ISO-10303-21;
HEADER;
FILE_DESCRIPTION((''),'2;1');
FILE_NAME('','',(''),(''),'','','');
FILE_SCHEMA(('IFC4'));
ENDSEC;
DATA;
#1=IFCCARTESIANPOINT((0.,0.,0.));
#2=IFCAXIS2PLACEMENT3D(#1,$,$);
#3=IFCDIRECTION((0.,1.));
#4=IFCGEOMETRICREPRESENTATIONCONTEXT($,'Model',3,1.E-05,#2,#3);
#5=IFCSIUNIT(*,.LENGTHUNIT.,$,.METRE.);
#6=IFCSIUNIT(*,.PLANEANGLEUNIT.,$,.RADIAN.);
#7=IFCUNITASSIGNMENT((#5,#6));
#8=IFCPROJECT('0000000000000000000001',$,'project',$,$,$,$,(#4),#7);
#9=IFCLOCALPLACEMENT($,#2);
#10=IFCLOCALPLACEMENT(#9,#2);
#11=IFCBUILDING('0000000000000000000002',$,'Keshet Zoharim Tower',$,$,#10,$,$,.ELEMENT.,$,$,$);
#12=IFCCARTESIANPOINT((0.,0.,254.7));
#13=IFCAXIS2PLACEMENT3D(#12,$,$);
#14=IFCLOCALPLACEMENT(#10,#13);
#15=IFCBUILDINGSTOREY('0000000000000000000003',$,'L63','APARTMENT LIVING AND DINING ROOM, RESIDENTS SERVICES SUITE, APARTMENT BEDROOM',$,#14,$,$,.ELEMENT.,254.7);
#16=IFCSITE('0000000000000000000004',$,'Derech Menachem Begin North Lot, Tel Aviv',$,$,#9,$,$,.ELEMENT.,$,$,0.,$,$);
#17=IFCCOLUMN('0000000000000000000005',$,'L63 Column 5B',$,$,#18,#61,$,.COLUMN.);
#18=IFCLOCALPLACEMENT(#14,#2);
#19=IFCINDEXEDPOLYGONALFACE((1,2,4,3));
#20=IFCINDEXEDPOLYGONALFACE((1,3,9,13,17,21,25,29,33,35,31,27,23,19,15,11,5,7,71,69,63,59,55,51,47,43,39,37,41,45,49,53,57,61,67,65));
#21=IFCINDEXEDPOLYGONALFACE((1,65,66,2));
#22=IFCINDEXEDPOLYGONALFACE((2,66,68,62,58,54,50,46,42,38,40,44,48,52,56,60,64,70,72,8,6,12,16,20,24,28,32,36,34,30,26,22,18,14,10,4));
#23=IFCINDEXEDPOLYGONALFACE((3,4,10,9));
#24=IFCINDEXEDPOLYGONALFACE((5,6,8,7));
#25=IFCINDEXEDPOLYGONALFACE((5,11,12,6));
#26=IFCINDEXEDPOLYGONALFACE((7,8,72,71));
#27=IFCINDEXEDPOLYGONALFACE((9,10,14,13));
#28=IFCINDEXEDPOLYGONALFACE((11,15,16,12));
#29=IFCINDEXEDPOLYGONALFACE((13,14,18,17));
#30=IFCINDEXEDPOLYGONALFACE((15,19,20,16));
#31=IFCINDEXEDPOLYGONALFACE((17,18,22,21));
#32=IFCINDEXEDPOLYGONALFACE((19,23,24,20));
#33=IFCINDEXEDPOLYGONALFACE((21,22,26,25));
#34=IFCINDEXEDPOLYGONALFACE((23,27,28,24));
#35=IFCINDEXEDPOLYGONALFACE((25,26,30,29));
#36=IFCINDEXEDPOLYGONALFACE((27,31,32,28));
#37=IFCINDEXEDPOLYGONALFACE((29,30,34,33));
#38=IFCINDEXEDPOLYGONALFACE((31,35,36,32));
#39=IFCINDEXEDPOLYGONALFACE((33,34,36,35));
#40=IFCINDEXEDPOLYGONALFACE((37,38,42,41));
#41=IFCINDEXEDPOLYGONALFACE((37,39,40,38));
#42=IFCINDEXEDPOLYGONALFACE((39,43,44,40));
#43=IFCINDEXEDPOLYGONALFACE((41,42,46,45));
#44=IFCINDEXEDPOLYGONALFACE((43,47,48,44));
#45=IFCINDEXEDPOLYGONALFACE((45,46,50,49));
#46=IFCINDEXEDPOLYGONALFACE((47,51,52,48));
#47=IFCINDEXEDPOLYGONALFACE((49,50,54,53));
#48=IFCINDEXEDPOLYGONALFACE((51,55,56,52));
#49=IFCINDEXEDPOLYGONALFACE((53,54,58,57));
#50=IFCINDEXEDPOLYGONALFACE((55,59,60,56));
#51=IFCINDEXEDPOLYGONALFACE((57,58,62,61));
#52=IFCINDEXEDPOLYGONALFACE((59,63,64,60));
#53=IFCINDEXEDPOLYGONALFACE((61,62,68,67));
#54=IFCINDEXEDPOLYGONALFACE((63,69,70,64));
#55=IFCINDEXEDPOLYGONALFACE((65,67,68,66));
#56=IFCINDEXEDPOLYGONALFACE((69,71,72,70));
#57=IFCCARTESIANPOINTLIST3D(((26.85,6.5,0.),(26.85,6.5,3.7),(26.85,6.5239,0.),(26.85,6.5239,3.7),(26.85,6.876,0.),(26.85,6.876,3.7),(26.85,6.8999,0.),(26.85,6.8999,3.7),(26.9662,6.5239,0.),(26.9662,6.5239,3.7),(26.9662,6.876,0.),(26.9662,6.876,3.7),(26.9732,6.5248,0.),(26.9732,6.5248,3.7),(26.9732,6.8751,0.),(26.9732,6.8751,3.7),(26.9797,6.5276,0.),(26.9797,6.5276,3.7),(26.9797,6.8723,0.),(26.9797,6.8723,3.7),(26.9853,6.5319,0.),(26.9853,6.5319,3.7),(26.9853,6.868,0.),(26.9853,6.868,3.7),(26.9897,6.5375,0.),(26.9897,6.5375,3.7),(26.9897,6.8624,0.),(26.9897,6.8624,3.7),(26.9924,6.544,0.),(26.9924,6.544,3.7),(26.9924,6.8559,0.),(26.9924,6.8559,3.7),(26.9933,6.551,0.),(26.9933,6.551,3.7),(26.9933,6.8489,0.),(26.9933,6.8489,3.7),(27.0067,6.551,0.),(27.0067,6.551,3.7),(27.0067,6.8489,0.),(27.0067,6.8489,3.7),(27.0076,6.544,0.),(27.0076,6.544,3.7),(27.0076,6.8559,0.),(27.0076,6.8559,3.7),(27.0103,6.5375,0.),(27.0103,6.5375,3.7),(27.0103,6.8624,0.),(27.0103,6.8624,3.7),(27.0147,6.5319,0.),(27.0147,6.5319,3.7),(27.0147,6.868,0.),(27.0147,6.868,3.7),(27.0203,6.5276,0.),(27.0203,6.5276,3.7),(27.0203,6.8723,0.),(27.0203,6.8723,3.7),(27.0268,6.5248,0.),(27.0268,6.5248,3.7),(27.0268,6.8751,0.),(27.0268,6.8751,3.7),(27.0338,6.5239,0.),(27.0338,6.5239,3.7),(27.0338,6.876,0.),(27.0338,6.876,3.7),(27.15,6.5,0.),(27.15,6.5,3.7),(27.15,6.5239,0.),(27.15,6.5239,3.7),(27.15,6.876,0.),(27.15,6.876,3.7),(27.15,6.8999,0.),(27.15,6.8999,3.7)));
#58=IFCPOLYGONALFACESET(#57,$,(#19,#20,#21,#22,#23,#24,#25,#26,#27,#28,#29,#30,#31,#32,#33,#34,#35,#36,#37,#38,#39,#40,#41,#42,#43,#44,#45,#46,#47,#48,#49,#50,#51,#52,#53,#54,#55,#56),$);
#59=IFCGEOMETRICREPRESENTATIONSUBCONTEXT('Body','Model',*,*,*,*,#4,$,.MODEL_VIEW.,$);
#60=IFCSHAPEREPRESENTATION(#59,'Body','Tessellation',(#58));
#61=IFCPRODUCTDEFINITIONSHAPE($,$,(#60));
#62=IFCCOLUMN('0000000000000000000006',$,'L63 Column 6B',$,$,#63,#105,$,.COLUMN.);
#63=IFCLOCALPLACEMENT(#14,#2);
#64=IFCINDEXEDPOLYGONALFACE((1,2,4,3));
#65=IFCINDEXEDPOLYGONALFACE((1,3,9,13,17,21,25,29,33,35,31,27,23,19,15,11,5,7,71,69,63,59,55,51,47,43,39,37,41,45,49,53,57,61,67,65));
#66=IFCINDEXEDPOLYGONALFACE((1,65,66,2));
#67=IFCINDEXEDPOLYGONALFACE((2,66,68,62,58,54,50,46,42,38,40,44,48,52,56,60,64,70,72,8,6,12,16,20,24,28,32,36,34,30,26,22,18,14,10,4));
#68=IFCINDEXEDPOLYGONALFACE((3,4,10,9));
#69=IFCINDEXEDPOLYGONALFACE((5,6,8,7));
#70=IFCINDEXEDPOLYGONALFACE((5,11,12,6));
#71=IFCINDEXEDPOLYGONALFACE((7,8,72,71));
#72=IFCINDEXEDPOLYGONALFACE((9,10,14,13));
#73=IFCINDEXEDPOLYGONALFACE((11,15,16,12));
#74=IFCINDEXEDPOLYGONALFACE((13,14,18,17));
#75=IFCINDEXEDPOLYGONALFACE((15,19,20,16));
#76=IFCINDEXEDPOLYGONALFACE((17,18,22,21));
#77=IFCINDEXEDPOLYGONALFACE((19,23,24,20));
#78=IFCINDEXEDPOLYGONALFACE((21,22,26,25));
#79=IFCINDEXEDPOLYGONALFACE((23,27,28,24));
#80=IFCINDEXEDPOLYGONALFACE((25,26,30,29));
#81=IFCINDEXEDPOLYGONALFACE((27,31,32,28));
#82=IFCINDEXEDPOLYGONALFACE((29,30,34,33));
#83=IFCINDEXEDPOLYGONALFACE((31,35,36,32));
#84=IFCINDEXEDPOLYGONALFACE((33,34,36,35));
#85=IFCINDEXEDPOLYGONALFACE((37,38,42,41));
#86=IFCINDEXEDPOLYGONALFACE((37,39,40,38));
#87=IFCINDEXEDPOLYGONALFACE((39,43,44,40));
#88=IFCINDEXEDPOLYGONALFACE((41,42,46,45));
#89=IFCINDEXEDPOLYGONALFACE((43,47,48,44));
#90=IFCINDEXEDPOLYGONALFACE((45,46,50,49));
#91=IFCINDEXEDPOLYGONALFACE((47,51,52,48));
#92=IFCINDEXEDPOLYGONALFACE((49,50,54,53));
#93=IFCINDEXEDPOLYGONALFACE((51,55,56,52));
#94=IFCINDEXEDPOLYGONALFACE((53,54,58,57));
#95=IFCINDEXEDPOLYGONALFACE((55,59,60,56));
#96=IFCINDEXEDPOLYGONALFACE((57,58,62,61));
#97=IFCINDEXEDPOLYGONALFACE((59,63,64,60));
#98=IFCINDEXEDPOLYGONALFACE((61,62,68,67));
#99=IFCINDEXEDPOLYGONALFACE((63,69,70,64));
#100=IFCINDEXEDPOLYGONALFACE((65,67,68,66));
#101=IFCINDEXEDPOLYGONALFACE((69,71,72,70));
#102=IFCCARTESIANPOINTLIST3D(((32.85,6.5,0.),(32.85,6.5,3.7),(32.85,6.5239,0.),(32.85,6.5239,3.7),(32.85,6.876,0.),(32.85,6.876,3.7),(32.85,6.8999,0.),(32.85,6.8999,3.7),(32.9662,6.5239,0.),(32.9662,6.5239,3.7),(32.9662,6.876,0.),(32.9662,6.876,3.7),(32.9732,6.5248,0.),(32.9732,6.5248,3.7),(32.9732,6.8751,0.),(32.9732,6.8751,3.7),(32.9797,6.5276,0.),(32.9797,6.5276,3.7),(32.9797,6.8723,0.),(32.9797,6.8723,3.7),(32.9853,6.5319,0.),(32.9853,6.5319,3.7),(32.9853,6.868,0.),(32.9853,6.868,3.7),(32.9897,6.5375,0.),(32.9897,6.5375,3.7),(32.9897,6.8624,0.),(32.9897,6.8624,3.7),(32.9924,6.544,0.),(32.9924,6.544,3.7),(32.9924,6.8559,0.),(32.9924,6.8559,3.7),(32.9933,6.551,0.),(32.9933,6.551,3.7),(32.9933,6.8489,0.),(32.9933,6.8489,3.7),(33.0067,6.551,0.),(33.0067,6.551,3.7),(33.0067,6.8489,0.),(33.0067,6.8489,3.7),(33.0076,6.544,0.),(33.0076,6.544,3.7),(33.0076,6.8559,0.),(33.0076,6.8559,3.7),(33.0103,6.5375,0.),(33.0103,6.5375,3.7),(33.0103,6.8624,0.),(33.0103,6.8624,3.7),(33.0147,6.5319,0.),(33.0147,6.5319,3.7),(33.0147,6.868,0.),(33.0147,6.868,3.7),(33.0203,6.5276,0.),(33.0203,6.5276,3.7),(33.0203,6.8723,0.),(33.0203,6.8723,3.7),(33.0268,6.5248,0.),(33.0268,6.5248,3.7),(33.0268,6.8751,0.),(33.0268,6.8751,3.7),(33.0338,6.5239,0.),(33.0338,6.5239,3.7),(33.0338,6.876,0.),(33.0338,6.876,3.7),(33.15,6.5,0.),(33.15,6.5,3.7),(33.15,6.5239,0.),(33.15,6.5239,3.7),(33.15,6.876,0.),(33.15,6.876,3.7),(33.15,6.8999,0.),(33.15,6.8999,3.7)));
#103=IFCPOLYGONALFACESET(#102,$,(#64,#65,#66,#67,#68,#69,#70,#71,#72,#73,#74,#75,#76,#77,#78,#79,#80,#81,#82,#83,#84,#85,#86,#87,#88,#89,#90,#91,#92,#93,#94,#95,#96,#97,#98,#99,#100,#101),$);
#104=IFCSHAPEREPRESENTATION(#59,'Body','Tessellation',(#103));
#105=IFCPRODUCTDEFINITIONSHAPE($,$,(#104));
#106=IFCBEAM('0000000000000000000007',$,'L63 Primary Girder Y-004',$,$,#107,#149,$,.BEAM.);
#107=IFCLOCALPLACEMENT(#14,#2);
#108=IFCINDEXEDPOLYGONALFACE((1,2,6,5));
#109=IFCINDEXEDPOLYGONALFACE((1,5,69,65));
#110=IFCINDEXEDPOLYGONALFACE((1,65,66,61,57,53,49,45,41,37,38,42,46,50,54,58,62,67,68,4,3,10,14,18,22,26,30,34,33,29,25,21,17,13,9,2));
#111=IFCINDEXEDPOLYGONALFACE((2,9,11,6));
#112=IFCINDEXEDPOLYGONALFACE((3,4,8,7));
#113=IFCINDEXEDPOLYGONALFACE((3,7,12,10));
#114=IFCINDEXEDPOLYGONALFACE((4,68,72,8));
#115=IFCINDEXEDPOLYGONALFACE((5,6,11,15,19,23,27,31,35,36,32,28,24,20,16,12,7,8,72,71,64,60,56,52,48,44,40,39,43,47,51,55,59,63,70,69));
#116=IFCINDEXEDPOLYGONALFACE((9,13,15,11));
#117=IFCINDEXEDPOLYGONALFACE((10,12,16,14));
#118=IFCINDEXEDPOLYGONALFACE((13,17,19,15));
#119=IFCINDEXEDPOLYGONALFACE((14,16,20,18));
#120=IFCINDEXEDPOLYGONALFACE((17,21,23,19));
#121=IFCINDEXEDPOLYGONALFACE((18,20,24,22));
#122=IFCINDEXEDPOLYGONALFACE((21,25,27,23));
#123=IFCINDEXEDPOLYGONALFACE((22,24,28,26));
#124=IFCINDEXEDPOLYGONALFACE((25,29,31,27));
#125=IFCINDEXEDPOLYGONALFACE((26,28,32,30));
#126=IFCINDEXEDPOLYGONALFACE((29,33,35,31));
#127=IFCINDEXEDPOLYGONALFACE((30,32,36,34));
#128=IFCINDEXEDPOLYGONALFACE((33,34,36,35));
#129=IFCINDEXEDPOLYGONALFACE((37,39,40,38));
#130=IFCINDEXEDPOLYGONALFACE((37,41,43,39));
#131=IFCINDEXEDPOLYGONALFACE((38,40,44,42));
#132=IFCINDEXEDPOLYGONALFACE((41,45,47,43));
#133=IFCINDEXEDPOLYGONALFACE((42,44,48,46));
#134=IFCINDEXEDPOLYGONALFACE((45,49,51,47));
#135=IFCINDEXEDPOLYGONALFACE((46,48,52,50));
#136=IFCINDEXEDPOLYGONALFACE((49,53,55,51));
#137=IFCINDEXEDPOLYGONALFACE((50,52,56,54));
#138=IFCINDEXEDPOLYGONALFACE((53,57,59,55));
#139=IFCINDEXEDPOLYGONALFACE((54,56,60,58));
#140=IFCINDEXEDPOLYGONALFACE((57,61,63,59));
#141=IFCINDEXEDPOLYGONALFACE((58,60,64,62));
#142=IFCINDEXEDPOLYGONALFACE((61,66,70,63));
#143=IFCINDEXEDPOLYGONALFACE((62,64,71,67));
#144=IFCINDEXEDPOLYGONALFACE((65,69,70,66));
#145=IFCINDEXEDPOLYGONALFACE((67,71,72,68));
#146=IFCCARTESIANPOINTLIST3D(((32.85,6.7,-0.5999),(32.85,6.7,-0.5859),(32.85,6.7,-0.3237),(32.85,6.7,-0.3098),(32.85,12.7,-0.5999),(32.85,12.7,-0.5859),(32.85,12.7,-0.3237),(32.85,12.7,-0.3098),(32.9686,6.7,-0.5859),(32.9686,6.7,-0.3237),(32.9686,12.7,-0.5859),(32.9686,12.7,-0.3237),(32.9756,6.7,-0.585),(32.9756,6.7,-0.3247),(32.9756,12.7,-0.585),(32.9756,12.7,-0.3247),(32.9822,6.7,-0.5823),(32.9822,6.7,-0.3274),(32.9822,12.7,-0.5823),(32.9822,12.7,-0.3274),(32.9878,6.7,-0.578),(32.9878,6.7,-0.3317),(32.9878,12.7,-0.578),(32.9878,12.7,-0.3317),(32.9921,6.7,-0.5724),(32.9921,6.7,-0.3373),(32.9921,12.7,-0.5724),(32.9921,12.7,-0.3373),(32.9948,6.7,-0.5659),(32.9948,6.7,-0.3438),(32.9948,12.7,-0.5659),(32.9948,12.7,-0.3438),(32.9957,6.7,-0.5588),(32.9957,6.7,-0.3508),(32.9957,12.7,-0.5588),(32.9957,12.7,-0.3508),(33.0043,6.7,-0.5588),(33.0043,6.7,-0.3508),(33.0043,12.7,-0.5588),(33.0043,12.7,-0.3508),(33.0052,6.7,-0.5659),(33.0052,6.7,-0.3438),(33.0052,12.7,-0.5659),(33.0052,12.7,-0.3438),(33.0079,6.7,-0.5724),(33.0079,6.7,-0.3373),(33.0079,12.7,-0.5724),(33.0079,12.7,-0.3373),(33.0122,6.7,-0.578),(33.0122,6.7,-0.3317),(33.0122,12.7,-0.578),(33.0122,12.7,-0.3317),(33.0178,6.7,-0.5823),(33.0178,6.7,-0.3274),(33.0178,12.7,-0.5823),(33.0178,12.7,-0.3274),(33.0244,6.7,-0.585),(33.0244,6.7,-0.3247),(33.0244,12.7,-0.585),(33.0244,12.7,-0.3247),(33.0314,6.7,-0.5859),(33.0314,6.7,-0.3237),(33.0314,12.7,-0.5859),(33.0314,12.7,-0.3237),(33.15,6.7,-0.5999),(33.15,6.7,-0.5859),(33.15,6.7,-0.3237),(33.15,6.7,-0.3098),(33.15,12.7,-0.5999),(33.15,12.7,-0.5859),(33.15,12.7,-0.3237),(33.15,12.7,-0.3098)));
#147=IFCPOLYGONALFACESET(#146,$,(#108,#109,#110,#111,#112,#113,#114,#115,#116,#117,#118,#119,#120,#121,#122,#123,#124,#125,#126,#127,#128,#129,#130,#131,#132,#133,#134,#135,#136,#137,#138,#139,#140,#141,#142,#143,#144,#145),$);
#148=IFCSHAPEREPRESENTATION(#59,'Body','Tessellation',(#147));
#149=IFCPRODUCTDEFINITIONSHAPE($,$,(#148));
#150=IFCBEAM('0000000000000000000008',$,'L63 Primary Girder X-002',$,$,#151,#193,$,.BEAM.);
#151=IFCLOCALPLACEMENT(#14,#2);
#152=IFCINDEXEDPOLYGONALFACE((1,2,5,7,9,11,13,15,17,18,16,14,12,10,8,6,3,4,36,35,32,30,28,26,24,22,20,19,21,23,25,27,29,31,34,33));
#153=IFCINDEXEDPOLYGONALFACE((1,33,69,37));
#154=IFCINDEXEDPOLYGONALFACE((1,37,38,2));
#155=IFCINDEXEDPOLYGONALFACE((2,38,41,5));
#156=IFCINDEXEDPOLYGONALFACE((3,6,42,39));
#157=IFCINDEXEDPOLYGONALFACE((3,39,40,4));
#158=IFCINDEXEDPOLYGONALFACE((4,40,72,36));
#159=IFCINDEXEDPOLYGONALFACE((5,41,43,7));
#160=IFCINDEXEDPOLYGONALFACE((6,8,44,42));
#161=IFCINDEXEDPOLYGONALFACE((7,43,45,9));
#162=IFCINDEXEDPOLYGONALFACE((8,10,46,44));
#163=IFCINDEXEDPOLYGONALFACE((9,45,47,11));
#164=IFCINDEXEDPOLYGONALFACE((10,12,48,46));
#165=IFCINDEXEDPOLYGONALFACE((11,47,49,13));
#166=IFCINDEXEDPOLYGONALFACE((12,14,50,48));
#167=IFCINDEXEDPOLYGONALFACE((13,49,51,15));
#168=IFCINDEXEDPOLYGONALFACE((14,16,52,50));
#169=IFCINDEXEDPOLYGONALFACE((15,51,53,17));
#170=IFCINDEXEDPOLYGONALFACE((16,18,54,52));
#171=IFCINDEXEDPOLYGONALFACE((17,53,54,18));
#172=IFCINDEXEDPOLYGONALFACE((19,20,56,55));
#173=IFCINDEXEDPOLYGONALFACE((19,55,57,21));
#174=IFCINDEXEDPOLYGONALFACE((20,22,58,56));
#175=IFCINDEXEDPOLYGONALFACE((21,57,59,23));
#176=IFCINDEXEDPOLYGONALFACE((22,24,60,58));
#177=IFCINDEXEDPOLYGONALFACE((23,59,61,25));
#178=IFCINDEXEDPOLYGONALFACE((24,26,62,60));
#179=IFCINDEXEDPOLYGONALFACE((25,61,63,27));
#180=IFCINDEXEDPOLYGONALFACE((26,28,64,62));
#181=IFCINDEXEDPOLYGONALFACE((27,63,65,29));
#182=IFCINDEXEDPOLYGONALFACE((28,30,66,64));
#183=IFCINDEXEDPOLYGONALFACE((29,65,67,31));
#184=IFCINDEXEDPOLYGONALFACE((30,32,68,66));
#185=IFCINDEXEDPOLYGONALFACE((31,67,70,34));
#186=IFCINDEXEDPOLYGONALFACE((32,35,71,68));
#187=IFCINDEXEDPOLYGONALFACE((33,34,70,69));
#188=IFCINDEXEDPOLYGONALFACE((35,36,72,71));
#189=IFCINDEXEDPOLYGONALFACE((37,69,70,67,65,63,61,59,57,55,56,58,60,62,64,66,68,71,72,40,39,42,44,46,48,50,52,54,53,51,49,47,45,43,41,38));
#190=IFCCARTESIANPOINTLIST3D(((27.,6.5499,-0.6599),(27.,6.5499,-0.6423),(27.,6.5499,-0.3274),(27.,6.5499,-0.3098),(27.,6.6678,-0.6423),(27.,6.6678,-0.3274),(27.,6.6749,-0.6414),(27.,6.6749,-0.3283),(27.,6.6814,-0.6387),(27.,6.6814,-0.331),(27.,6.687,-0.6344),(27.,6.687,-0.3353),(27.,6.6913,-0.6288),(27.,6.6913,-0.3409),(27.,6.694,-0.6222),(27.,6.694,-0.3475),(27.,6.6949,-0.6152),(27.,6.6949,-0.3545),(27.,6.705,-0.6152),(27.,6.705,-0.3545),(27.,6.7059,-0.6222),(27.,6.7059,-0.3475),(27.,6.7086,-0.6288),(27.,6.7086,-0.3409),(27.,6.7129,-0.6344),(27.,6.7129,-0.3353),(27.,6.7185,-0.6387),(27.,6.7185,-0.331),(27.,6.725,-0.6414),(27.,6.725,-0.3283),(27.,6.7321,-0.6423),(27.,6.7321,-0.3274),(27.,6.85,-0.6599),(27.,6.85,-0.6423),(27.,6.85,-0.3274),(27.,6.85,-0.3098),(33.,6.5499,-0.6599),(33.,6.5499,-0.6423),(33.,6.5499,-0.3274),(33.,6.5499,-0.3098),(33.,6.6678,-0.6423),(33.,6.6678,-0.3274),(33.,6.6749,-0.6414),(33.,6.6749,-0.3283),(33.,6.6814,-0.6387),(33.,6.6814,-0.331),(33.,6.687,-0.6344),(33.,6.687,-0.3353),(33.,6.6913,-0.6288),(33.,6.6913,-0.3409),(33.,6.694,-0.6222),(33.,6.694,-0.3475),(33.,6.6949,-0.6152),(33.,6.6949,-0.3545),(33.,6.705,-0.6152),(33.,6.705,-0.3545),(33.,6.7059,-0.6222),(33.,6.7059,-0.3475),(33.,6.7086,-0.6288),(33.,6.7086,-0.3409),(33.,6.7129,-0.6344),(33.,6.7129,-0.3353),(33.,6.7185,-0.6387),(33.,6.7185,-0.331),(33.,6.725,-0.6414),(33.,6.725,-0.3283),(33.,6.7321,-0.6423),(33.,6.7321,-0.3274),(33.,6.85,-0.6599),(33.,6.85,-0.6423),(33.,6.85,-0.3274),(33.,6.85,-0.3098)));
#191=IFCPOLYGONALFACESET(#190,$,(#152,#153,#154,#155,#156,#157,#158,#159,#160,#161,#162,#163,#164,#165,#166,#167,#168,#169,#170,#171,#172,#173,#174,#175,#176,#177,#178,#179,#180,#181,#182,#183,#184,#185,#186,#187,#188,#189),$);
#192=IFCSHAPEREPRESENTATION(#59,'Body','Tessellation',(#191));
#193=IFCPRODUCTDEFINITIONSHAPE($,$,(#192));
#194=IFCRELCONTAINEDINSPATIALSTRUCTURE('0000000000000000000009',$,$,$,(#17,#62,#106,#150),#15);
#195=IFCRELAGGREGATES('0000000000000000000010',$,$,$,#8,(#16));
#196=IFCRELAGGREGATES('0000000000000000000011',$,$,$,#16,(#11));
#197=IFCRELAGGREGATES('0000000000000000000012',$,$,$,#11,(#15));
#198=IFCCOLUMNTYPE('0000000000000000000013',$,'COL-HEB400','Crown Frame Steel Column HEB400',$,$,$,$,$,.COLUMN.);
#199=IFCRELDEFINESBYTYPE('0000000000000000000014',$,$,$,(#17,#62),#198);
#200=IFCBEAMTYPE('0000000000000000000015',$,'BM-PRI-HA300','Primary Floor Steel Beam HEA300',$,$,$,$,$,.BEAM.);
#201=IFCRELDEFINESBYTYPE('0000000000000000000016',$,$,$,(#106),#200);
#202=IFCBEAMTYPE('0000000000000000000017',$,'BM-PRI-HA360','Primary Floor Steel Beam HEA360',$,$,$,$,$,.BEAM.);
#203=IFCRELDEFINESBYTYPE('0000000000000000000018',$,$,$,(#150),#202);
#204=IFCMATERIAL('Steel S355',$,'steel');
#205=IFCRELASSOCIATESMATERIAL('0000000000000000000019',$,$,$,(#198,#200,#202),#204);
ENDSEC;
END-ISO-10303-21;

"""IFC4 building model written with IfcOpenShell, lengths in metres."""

from ifc_helpers import new_model, si_unit, direction, frame, origin, origin_2d, place, context, subcontext, project, spatial, i_section, extrude, material, material_profile, profile_set, type_object, element, save


model = new_model("IFC4")

# Units and contexts
model_context = context("Model", 3, precision=1e-05, world=origin(), true_north=direction((0.0, 1.0)))
body_context = subcontext(model_context, "Body", "Model", "MODEL_VIEW")
ifc_project = project(units=[si_unit("LENGTHUNIT", "METRE"), si_unit("PLANEANGLEUNIT", "RADIAN")], contexts=[model_context])

# Site, building, storey
site_placement = place(None, origin())
site = spatial("IfcSite", under=ifc_project, at=site_placement, Name="Derech Menachem Begin North Lot, Tel Aviv", CompositionType="ELEMENT", RefElevation=0.0)
building_placement = place(site_placement, origin())
building = spatial("IfcBuilding", under=site, at=building_placement, Name="Keshet Zoharim Tower", CompositionType="ELEMENT")
storey_placement = place(building_placement, frame((0.0, 0.0, 254.7)))
storey = spatial("IfcBuildingStorey", under=building, at=storey_placement, Name="L63", Description="APARTMENT LIVING AND DINING ROOM, RESIDENTS SERVICES SUITE, APARTMENT BEDROOM", CompositionType="ELEMENT", Elevation=254.7)

# Columns
ifc_material_1 = material(Name="Steel S355", Category="steel")
ifc_material_profile_1 = material_profile(ifc_material_1, i_section(OverallWidth=0.3, OverallDepth=0.3999, WebThickness=0.0134, FlangeThickness=0.0239, FilletRadius=0.0271, at=origin_2d()), Name="HEB400")
ifc_profile_set_1 = profile_set([ifc_material_profile_1], Name="Steel S355")
column_type = type_object("IfcColumnType", Name="COL-HEB400", Description="Crown Frame Steel Column HEB400", PredefinedType="COLUMN", material=ifc_profile_set_1)
for number, where, z_axis, x_axis, name in (
    (1, (27.0, 6.7, 0.0), (0.0, 0.0, 1.0), (1.0, 0.0, 0.0), "L63 Column 5B"),
    (2, (33.0, 6.7, 0.0), (0.0, 0.0, 1.0), (1.0, 0.0, 0.0), "L63 Column 6B"),
):
    element("IfcColumn", number, at=place(storey_placement, frame(where, z_axis=z_axis, x_axis=x_axis)), inside=storey, type_object=column_type, Name=name, PredefinedType="COLUMN", context=body_context, shape_type="SweptSolid", body=[
        extrude(i_section(OverallWidth=0.3, OverallDepth=0.3999, WebThickness=0.0134, FlangeThickness=0.0239, FilletRadius=0.0271, at=origin_2d()), origin(), (0.0, 0.0, 1.0), 3.7),
    ])

# Beams
ifc_material_profile_2 = material_profile(ifc_material_1, i_section(OverallWidth=0.3, OverallDepth=0.29, WebThickness=0.0085, FlangeThickness=0.0139, FilletRadius=0.0271, at=origin_2d()), Name="HEA300")
ifc_profile_set_2 = profile_set([ifc_material_profile_2], Name="Steel S355")
beam_type_1 = type_object("IfcBeamType", Name="BM-PRI-HA300", Description="Primary Floor Steel Beam HEA300", PredefinedType="BEAM", material=ifc_profile_set_2)
beam_placement = place(storey_placement, frame((33.0, 6.7, -0.4548), z_axis=(0.0, 1.0, 0.0), x_axis=(-1.0, 0.0, 0.0)))
element("IfcBeam", 3, at=beam_placement, inside=storey, type_object=beam_type_1, Name="L63 Primary Girder Y-004", PredefinedType="BEAM", context=body_context, shape_type="SweptSolid", body=[
    extrude(i_section(OverallWidth=0.3, OverallDepth=0.29, WebThickness=0.0085, FlangeThickness=0.0139, FilletRadius=0.0271, at=origin_2d()), origin(), (0.0, 0.0, 1.0), 6.0),
])
ifc_material_profile_3 = material_profile(ifc_material_1, i_section(OverallWidth=0.3, OverallDepth=0.3501, WebThickness=0.01, FlangeThickness=0.0176, FilletRadius=0.0271, at=origin_2d()), Name="HEA360")
ifc_profile_set_3 = profile_set([ifc_material_profile_3], Name="Steel S355")
beam_type_2 = type_object("IfcBeamType", Name="BM-PRI-HA360", Description="Primary Floor Steel Beam HEA360", PredefinedType="BEAM", material=ifc_profile_set_3)
for number, where, z_axis, x_axis, name in (
    (4, (27.0, 6.7, -0.4849), (1.0, 0.0, 0.0), (0.0, 1.0, 0.0), "L63 Primary Girder X-002"),
):
    element("IfcBeam", number, at=place(storey_placement, frame(where, z_axis=z_axis, x_axis=x_axis)), inside=storey, type_object=beam_type_2, Name=name, PredefinedType="BEAM", context=body_context, shape_type="SweptSolid", body=[
        extrude(i_section(OverallWidth=0.3, OverallDepth=0.3501, WebThickness=0.01, FlangeThickness=0.0176, FilletRadius=0.0271, at=origin_2d()), origin(), (0.0, 0.0, 1.0), 6.0),
    ])

save(model, "model.ifc")
